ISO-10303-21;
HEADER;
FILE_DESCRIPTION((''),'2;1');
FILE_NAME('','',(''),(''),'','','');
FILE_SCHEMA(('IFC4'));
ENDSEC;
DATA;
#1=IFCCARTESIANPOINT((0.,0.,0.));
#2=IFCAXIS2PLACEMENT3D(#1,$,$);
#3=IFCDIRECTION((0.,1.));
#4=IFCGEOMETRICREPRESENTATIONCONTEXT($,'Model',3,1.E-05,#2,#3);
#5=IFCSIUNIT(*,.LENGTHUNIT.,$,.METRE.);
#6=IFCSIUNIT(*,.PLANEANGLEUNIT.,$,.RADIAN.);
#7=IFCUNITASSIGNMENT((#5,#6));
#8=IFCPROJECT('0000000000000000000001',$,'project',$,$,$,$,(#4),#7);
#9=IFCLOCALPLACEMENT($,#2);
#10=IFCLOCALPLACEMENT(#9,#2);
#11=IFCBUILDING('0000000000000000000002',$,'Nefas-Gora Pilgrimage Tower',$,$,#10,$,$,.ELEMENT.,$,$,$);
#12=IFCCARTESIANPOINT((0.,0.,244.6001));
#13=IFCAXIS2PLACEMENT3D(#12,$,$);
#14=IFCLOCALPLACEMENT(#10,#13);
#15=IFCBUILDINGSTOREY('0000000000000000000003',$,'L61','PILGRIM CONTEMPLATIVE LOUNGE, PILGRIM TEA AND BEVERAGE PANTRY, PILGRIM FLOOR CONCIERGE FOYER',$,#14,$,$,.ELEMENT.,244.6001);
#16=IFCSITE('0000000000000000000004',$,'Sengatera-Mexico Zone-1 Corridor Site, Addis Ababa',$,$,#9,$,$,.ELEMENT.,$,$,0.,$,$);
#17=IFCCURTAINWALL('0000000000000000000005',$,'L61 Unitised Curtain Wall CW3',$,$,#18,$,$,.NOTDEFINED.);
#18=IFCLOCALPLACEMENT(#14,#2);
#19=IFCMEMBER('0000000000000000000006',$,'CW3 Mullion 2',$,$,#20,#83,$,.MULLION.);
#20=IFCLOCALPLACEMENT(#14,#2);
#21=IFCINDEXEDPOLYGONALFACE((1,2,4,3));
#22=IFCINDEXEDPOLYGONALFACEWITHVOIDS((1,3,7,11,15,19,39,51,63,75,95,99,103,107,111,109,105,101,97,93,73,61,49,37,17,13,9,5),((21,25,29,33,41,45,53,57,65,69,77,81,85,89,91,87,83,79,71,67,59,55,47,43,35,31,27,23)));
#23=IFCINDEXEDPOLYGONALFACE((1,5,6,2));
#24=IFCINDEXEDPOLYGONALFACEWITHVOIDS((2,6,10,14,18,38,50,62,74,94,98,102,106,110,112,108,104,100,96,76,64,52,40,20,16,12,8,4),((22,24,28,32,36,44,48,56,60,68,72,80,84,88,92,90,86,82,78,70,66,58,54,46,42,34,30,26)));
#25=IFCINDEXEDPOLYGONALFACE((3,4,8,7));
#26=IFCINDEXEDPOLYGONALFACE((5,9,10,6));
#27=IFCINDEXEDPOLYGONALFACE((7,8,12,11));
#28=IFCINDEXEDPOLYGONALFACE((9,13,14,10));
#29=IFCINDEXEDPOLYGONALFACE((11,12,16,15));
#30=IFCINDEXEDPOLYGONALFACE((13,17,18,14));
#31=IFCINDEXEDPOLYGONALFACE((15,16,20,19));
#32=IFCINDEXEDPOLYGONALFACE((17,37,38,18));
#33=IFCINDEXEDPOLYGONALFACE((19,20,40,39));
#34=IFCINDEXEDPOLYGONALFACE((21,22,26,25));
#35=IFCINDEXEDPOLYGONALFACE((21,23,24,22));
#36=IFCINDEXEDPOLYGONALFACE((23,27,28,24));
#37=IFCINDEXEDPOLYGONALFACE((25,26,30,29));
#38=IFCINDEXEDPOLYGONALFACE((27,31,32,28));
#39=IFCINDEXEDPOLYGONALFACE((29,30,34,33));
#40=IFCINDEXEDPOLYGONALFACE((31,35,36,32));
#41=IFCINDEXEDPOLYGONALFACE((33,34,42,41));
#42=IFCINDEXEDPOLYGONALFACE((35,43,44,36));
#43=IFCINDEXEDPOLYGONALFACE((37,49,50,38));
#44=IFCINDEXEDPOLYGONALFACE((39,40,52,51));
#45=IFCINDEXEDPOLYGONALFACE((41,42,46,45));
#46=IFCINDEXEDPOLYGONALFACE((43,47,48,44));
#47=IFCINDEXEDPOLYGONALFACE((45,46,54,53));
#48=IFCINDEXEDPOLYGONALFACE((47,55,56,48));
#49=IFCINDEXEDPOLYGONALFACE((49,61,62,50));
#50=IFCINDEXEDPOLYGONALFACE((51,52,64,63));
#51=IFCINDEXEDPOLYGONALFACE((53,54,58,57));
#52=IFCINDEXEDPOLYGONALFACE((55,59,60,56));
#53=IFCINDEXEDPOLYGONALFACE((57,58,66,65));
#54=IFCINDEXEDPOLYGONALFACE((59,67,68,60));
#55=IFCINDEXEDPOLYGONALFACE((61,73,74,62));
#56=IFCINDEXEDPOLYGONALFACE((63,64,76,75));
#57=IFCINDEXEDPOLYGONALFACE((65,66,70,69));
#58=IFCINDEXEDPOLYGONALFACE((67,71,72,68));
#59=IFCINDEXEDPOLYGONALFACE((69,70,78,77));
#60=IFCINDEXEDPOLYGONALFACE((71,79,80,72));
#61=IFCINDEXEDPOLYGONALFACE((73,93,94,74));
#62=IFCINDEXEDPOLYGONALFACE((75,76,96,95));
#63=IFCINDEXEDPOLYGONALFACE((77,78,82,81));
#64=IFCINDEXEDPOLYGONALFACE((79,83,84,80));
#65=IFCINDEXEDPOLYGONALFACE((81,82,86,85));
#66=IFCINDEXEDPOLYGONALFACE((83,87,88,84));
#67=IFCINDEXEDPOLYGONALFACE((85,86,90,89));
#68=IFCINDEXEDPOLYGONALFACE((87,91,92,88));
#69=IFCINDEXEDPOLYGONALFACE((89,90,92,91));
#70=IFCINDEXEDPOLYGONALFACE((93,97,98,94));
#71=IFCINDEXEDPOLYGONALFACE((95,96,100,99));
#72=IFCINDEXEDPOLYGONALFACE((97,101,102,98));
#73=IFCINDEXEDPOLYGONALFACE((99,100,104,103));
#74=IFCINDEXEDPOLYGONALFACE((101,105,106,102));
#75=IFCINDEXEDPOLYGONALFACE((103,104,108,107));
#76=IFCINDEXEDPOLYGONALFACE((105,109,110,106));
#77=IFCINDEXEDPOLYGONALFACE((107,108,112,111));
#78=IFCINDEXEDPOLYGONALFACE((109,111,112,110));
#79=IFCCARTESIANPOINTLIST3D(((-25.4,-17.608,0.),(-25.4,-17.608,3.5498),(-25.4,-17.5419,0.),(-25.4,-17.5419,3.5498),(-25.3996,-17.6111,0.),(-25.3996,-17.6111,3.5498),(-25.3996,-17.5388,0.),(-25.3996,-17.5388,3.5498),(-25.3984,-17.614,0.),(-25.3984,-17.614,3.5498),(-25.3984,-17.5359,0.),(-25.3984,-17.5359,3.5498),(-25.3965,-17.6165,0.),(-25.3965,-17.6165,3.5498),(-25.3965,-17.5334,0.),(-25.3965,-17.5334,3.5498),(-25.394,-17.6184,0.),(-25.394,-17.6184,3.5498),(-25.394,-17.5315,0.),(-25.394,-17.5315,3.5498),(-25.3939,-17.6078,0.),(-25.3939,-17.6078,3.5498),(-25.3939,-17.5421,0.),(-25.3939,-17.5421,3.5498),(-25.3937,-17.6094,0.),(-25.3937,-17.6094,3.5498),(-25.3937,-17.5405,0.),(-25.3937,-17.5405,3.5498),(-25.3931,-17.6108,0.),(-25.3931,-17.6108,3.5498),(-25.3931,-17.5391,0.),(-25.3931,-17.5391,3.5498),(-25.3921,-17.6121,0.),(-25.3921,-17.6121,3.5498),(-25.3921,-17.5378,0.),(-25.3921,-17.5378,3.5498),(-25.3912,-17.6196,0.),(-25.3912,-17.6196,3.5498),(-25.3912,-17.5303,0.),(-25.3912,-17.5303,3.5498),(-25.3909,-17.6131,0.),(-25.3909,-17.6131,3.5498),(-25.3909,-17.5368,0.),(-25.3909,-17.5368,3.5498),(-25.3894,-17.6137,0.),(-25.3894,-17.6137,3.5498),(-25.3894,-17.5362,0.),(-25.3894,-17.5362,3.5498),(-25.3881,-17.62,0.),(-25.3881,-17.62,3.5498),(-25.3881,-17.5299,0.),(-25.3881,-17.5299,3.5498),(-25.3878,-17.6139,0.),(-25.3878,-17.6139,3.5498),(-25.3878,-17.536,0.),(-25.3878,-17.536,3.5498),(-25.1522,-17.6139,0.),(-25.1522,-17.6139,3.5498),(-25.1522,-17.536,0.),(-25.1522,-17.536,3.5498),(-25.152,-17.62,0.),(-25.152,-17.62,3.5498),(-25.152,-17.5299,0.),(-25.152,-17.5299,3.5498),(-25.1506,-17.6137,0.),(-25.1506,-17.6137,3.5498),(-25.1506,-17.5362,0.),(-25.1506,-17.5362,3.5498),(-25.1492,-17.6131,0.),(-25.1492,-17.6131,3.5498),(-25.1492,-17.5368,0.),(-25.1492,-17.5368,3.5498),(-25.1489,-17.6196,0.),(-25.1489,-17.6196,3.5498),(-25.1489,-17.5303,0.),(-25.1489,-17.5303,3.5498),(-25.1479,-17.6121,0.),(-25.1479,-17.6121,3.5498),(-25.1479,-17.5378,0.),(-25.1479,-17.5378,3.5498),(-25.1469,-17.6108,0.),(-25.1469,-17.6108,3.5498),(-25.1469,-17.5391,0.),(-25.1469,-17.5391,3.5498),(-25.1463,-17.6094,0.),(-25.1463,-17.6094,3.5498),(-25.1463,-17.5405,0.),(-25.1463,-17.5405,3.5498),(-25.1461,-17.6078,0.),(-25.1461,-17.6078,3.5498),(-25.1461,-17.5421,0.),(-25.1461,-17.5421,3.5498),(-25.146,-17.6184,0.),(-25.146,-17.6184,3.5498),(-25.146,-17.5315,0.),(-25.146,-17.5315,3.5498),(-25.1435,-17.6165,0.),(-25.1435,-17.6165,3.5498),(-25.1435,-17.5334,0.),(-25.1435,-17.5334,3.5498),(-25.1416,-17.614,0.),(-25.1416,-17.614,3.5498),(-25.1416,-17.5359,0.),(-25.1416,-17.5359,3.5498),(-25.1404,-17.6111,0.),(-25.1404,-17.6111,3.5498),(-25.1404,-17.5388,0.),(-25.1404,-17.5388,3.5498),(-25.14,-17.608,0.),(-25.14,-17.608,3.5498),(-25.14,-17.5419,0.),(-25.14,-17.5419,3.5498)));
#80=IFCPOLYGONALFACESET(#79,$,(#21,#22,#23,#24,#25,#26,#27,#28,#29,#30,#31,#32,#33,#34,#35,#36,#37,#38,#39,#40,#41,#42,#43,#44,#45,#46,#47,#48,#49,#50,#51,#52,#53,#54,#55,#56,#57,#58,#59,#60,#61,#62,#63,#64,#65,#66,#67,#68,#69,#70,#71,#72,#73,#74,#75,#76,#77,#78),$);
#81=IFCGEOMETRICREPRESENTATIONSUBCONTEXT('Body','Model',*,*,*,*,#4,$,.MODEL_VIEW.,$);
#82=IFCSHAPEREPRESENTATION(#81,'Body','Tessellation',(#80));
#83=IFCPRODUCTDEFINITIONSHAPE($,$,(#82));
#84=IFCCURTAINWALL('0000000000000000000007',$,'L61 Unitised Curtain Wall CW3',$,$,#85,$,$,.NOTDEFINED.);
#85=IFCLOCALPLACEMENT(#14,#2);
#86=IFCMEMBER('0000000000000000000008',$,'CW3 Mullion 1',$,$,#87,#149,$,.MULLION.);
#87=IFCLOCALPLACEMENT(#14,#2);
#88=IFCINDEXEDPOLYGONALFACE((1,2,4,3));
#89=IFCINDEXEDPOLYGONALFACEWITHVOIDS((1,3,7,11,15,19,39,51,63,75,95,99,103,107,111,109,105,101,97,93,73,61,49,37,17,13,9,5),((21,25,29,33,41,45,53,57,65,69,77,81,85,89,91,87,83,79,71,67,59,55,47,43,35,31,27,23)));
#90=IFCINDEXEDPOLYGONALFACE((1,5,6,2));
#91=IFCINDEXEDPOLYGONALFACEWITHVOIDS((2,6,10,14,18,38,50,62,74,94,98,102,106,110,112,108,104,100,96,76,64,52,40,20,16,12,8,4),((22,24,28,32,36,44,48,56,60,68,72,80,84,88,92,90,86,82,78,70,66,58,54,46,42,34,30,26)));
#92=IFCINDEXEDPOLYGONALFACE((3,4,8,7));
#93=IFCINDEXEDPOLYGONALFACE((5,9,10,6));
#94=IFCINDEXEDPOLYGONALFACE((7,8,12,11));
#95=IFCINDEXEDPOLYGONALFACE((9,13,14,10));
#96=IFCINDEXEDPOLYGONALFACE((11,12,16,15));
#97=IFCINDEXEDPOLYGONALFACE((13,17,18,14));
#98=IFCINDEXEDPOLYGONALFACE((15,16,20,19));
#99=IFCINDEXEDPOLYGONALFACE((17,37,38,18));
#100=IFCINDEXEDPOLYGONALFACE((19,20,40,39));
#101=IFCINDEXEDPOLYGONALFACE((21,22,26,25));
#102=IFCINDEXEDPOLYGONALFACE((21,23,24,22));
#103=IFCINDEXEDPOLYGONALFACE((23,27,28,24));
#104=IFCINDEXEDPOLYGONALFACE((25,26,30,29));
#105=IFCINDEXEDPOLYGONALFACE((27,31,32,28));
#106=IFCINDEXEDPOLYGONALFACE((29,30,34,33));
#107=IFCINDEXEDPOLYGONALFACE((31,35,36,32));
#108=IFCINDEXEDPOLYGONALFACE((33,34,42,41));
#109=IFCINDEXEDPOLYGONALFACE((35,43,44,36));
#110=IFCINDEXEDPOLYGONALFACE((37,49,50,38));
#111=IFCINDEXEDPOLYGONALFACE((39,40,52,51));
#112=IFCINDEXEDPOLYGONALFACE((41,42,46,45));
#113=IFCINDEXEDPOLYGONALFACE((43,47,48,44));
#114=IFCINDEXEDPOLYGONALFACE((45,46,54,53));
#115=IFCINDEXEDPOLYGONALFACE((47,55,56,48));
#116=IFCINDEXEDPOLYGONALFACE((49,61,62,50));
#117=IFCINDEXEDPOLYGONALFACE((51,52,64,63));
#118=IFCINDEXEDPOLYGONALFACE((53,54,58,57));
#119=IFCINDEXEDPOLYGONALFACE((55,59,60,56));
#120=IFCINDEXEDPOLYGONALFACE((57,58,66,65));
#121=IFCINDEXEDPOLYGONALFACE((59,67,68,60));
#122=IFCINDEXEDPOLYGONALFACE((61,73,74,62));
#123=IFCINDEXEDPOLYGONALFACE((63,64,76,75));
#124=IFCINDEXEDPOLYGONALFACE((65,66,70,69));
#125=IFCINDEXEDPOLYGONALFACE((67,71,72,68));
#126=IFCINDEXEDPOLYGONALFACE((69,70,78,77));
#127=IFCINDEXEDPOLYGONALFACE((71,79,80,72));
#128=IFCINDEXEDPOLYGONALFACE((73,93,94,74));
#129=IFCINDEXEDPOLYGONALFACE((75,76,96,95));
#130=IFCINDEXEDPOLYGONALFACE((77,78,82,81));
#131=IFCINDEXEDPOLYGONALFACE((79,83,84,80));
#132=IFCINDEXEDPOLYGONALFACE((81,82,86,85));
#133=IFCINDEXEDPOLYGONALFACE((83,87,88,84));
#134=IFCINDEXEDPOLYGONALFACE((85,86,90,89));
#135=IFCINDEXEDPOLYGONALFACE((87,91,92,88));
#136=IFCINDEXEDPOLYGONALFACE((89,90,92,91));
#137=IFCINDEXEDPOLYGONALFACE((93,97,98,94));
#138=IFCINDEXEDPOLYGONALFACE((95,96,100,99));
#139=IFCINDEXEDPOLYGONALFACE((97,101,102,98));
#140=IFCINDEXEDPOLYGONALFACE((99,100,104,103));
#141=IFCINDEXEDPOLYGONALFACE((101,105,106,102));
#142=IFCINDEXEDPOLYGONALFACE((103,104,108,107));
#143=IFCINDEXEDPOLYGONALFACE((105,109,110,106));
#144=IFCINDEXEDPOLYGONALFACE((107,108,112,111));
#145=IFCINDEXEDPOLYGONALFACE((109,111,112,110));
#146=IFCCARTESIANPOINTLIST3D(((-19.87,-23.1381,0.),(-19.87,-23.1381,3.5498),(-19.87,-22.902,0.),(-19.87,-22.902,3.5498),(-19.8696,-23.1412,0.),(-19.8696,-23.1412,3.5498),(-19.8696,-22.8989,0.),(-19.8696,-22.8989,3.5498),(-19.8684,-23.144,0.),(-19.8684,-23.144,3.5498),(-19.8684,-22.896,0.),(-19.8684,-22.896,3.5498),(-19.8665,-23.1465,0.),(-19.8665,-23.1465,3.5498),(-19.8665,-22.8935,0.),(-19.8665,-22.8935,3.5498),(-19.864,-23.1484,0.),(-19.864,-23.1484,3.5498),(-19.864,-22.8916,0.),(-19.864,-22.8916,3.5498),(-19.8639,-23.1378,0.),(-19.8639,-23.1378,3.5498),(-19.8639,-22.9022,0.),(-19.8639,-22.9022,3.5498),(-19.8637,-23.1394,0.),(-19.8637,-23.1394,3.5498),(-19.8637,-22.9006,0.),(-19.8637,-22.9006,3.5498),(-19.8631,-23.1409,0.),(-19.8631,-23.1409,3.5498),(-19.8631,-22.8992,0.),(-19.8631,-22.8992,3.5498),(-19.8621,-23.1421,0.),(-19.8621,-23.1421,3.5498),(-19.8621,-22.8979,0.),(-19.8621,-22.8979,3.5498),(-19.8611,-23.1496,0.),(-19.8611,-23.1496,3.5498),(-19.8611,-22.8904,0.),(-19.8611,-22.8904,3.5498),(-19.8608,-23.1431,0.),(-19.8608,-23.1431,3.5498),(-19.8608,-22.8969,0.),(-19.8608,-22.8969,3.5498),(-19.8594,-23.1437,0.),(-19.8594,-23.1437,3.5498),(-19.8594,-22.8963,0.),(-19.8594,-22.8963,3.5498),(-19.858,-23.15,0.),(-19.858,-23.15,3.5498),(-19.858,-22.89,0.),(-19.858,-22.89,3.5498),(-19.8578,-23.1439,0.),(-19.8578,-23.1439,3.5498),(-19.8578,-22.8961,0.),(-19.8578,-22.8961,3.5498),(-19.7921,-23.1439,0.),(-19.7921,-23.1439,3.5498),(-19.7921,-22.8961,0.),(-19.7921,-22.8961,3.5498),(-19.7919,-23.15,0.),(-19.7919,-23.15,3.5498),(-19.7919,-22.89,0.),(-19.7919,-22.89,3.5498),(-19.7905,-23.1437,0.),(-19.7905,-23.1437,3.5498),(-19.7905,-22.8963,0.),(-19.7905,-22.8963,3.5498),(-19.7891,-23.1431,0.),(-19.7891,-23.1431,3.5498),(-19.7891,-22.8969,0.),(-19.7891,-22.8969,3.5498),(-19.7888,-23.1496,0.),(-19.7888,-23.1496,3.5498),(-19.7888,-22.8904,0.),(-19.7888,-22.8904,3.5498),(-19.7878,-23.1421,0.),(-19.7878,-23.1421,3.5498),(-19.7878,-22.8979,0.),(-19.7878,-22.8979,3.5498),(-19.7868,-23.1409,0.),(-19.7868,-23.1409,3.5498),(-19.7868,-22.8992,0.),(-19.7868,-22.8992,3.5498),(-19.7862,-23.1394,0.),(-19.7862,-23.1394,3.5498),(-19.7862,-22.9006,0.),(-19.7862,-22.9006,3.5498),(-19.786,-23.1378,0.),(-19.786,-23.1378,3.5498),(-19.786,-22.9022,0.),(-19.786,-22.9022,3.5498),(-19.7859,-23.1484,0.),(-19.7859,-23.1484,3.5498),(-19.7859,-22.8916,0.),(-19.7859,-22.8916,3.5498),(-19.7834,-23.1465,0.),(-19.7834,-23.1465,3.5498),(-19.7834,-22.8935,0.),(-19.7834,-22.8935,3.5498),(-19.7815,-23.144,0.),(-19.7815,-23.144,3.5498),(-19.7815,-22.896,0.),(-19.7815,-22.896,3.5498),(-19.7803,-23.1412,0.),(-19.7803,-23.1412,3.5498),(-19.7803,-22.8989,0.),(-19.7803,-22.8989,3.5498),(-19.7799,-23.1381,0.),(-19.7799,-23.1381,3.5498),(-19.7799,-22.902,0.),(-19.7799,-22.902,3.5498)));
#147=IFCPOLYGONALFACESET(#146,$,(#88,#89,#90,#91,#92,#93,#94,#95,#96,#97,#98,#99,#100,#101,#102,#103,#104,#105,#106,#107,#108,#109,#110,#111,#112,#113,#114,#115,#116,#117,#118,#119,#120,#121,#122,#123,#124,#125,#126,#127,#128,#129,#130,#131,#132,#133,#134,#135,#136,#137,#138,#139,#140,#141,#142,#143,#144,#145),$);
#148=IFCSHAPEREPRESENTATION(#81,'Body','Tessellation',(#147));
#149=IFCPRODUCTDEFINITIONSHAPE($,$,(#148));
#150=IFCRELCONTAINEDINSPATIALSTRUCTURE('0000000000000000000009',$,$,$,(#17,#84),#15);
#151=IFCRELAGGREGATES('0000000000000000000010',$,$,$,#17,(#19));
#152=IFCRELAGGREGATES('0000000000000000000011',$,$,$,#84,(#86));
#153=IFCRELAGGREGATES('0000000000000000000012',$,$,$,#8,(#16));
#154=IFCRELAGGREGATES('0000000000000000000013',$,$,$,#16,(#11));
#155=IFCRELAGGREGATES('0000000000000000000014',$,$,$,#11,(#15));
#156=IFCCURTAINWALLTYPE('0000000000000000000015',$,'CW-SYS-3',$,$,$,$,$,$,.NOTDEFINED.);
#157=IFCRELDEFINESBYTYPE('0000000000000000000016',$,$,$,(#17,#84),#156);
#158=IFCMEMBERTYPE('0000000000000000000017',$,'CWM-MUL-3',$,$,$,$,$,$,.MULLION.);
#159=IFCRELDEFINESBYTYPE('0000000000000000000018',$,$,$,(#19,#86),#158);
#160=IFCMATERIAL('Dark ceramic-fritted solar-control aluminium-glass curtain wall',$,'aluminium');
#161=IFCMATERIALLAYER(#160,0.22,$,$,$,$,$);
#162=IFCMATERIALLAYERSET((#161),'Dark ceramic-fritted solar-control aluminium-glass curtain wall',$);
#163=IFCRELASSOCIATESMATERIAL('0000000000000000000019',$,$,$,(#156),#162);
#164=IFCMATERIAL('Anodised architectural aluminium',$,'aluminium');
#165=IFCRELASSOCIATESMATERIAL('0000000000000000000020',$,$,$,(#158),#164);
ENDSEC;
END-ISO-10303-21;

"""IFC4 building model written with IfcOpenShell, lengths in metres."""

from ifc_helpers import new_model, si_unit, direction, frame, origin, origin_2d, place, context, subcontext, project, spatial, hollow_rectangle, extrude, source, transform, mapped, material, layer, layer_set, material_profile, profile_set, type_object, element, aggregate, save


model = new_model("IFC4")

# Units and contexts
model_context = context("Model", 3, precision=1e-05, world=origin(), true_north=direction((0.0, 1.0)))
body_context = subcontext(model_context, "Body", "Model", "MODEL_VIEW")
ifc_project = project(units=[si_unit("LENGTHUNIT", "METRE"), si_unit("PLANEANGLEUNIT", "RADIAN")], contexts=[model_context])

# Site, building, storey
site_placement = place(None, origin())
site = spatial("IfcSite", under=ifc_project, at=site_placement, Name="Sengatera-Mexico Zone-1 Corridor Site, Addis Ababa", CompositionType="ELEMENT", RefElevation=0.0)
building_placement = place(site_placement, origin())
building = spatial("IfcBuilding", under=site, at=building_placement, Name="Nefas-Gora Pilgrimage Tower", CompositionType="ELEMENT")
storey_placement = place(building_placement, frame((0.0, 0.0, 244.6001)))
storey = spatial("IfcBuildingStorey", under=building, at=storey_placement, Name="L61", Description="PILGRIM CONTEMPLATIVE LOUNGE, PILGRIM TEA AND BEVERAGE PANTRY, PILGRIM FLOOR CONCIERGE FOYER", CompositionType="ELEMENT", Elevation=244.6001)

# Shared definitions
ifc_material_1 = material(Name="Dark ceramic-fritted solar-control aluminium-glass curtain wall", Category="aluminium")
ifc_material_2 = material(Name="Anodised architectural aluminium", Category="aluminium")

# Curtain wall, member
ifc_layer_1 = layer(ifc_material_1, 0.22)
ifc_layer_set_1 = layer_set([ifc_layer_1], Name="Dark ceramic-fritted solar-control aluminium-glass curtain wall")
curtain_wall_type_1 = type_object("IfcCurtainWallType", Name="CW-SYS-3", PredefinedType="NOTDEFINED", material=ifc_layer_set_1)
curtain_wall_1_placement = place(storey_placement, origin())
curtain_wall_1 = element("IfcCurtainWall", 1, at=curtain_wall_1_placement, inside=storey, type_object=curtain_wall_type_1, Name="L61 Unitised Curtain Wall CW3", PredefinedType="NOTDEFINED")
ifc_material_profile_1 = material_profile(ifc_material_2, hollow_rectangle(XDim=0.0901, YDim=0.26, WallThickness=0.0061, InnerFilletRadius=0.0061, OuterFilletRadius=0.012, at=origin_2d()), Name="ALU MULLION 90x260")
ifc_profile_set_1 = profile_set([ifc_material_profile_1], Name="Anodised architectural aluminium")
member_type_1 = type_object("IfcMemberType", Name="CWM-MUL-3", PredefinedType="MULLION", material=ifc_profile_set_1)
shared_shape_1 = source(origin(), body_context, "Body", "SweptSolid", [
    extrude(hollow_rectangle(XDim=0.0901, YDim=0.26, WallThickness=0.0061, InnerFilletRadius=0.0061, OuterFilletRadius=0.012, at=origin_2d()), origin(), (0.0, 0.0, 1.0), 3.5498),
])
member_1_placement = place(storey_placement, frame((-25.27, -17.575, 0.0), z_axis=(0.0, 0.0, 1.0), x_axis=(0.0, -1.0, 0.0)))
member_1 = element("IfcMember", 2, at=member_1_placement, type_object=member_type_1, Name="CW3 Mullion 2", PredefinedType="MULLION", context=body_context, shape_type="MappedRepresentation", body=[
    mapped(shared_shape_1, transform((0.0, 0.0, 0.0), x_axis=(1.0, 0.0, 0.0), y_axis=(0.0, 1.0, 0.0), z_axis=(0.0, 0.0, 1.0), scale=1.0)),
])
aggregate(curtain_wall_1, [member_1])

# Curtain wall, member
curtain_wall_2_placement = place(storey_placement, origin())
curtain_wall_2 = element("IfcCurtainWall", 3, at=curtain_wall_2_placement, inside=storey, type_object=curtain_wall_type_1, Name="L61 Unitised Curtain Wall CW3", PredefinedType="NOTDEFINED")
member_2_placement = place(storey_placement, frame((-19.825, -23.02, 0.0), z_axis=(0.0, 0.0, 1.0), x_axis=(1.0, 0.0, 0.0)))
member_2 = element("IfcMember", 4, at=member_2_placement, type_object=member_type_1, Name="CW3 Mullion 1", PredefinedType="MULLION", context=body_context, shape_type="MappedRepresentation", body=[
    mapped(shared_shape_1, transform((0.0, 0.0, 0.0), x_axis=(1.0, 0.0, 0.0), y_axis=(0.0, 1.0, 0.0), z_axis=(0.0, 0.0, 1.0), scale=1.0)),
])

aggregate(curtain_wall_2, [member_2])

save(model, "model.ifc")
